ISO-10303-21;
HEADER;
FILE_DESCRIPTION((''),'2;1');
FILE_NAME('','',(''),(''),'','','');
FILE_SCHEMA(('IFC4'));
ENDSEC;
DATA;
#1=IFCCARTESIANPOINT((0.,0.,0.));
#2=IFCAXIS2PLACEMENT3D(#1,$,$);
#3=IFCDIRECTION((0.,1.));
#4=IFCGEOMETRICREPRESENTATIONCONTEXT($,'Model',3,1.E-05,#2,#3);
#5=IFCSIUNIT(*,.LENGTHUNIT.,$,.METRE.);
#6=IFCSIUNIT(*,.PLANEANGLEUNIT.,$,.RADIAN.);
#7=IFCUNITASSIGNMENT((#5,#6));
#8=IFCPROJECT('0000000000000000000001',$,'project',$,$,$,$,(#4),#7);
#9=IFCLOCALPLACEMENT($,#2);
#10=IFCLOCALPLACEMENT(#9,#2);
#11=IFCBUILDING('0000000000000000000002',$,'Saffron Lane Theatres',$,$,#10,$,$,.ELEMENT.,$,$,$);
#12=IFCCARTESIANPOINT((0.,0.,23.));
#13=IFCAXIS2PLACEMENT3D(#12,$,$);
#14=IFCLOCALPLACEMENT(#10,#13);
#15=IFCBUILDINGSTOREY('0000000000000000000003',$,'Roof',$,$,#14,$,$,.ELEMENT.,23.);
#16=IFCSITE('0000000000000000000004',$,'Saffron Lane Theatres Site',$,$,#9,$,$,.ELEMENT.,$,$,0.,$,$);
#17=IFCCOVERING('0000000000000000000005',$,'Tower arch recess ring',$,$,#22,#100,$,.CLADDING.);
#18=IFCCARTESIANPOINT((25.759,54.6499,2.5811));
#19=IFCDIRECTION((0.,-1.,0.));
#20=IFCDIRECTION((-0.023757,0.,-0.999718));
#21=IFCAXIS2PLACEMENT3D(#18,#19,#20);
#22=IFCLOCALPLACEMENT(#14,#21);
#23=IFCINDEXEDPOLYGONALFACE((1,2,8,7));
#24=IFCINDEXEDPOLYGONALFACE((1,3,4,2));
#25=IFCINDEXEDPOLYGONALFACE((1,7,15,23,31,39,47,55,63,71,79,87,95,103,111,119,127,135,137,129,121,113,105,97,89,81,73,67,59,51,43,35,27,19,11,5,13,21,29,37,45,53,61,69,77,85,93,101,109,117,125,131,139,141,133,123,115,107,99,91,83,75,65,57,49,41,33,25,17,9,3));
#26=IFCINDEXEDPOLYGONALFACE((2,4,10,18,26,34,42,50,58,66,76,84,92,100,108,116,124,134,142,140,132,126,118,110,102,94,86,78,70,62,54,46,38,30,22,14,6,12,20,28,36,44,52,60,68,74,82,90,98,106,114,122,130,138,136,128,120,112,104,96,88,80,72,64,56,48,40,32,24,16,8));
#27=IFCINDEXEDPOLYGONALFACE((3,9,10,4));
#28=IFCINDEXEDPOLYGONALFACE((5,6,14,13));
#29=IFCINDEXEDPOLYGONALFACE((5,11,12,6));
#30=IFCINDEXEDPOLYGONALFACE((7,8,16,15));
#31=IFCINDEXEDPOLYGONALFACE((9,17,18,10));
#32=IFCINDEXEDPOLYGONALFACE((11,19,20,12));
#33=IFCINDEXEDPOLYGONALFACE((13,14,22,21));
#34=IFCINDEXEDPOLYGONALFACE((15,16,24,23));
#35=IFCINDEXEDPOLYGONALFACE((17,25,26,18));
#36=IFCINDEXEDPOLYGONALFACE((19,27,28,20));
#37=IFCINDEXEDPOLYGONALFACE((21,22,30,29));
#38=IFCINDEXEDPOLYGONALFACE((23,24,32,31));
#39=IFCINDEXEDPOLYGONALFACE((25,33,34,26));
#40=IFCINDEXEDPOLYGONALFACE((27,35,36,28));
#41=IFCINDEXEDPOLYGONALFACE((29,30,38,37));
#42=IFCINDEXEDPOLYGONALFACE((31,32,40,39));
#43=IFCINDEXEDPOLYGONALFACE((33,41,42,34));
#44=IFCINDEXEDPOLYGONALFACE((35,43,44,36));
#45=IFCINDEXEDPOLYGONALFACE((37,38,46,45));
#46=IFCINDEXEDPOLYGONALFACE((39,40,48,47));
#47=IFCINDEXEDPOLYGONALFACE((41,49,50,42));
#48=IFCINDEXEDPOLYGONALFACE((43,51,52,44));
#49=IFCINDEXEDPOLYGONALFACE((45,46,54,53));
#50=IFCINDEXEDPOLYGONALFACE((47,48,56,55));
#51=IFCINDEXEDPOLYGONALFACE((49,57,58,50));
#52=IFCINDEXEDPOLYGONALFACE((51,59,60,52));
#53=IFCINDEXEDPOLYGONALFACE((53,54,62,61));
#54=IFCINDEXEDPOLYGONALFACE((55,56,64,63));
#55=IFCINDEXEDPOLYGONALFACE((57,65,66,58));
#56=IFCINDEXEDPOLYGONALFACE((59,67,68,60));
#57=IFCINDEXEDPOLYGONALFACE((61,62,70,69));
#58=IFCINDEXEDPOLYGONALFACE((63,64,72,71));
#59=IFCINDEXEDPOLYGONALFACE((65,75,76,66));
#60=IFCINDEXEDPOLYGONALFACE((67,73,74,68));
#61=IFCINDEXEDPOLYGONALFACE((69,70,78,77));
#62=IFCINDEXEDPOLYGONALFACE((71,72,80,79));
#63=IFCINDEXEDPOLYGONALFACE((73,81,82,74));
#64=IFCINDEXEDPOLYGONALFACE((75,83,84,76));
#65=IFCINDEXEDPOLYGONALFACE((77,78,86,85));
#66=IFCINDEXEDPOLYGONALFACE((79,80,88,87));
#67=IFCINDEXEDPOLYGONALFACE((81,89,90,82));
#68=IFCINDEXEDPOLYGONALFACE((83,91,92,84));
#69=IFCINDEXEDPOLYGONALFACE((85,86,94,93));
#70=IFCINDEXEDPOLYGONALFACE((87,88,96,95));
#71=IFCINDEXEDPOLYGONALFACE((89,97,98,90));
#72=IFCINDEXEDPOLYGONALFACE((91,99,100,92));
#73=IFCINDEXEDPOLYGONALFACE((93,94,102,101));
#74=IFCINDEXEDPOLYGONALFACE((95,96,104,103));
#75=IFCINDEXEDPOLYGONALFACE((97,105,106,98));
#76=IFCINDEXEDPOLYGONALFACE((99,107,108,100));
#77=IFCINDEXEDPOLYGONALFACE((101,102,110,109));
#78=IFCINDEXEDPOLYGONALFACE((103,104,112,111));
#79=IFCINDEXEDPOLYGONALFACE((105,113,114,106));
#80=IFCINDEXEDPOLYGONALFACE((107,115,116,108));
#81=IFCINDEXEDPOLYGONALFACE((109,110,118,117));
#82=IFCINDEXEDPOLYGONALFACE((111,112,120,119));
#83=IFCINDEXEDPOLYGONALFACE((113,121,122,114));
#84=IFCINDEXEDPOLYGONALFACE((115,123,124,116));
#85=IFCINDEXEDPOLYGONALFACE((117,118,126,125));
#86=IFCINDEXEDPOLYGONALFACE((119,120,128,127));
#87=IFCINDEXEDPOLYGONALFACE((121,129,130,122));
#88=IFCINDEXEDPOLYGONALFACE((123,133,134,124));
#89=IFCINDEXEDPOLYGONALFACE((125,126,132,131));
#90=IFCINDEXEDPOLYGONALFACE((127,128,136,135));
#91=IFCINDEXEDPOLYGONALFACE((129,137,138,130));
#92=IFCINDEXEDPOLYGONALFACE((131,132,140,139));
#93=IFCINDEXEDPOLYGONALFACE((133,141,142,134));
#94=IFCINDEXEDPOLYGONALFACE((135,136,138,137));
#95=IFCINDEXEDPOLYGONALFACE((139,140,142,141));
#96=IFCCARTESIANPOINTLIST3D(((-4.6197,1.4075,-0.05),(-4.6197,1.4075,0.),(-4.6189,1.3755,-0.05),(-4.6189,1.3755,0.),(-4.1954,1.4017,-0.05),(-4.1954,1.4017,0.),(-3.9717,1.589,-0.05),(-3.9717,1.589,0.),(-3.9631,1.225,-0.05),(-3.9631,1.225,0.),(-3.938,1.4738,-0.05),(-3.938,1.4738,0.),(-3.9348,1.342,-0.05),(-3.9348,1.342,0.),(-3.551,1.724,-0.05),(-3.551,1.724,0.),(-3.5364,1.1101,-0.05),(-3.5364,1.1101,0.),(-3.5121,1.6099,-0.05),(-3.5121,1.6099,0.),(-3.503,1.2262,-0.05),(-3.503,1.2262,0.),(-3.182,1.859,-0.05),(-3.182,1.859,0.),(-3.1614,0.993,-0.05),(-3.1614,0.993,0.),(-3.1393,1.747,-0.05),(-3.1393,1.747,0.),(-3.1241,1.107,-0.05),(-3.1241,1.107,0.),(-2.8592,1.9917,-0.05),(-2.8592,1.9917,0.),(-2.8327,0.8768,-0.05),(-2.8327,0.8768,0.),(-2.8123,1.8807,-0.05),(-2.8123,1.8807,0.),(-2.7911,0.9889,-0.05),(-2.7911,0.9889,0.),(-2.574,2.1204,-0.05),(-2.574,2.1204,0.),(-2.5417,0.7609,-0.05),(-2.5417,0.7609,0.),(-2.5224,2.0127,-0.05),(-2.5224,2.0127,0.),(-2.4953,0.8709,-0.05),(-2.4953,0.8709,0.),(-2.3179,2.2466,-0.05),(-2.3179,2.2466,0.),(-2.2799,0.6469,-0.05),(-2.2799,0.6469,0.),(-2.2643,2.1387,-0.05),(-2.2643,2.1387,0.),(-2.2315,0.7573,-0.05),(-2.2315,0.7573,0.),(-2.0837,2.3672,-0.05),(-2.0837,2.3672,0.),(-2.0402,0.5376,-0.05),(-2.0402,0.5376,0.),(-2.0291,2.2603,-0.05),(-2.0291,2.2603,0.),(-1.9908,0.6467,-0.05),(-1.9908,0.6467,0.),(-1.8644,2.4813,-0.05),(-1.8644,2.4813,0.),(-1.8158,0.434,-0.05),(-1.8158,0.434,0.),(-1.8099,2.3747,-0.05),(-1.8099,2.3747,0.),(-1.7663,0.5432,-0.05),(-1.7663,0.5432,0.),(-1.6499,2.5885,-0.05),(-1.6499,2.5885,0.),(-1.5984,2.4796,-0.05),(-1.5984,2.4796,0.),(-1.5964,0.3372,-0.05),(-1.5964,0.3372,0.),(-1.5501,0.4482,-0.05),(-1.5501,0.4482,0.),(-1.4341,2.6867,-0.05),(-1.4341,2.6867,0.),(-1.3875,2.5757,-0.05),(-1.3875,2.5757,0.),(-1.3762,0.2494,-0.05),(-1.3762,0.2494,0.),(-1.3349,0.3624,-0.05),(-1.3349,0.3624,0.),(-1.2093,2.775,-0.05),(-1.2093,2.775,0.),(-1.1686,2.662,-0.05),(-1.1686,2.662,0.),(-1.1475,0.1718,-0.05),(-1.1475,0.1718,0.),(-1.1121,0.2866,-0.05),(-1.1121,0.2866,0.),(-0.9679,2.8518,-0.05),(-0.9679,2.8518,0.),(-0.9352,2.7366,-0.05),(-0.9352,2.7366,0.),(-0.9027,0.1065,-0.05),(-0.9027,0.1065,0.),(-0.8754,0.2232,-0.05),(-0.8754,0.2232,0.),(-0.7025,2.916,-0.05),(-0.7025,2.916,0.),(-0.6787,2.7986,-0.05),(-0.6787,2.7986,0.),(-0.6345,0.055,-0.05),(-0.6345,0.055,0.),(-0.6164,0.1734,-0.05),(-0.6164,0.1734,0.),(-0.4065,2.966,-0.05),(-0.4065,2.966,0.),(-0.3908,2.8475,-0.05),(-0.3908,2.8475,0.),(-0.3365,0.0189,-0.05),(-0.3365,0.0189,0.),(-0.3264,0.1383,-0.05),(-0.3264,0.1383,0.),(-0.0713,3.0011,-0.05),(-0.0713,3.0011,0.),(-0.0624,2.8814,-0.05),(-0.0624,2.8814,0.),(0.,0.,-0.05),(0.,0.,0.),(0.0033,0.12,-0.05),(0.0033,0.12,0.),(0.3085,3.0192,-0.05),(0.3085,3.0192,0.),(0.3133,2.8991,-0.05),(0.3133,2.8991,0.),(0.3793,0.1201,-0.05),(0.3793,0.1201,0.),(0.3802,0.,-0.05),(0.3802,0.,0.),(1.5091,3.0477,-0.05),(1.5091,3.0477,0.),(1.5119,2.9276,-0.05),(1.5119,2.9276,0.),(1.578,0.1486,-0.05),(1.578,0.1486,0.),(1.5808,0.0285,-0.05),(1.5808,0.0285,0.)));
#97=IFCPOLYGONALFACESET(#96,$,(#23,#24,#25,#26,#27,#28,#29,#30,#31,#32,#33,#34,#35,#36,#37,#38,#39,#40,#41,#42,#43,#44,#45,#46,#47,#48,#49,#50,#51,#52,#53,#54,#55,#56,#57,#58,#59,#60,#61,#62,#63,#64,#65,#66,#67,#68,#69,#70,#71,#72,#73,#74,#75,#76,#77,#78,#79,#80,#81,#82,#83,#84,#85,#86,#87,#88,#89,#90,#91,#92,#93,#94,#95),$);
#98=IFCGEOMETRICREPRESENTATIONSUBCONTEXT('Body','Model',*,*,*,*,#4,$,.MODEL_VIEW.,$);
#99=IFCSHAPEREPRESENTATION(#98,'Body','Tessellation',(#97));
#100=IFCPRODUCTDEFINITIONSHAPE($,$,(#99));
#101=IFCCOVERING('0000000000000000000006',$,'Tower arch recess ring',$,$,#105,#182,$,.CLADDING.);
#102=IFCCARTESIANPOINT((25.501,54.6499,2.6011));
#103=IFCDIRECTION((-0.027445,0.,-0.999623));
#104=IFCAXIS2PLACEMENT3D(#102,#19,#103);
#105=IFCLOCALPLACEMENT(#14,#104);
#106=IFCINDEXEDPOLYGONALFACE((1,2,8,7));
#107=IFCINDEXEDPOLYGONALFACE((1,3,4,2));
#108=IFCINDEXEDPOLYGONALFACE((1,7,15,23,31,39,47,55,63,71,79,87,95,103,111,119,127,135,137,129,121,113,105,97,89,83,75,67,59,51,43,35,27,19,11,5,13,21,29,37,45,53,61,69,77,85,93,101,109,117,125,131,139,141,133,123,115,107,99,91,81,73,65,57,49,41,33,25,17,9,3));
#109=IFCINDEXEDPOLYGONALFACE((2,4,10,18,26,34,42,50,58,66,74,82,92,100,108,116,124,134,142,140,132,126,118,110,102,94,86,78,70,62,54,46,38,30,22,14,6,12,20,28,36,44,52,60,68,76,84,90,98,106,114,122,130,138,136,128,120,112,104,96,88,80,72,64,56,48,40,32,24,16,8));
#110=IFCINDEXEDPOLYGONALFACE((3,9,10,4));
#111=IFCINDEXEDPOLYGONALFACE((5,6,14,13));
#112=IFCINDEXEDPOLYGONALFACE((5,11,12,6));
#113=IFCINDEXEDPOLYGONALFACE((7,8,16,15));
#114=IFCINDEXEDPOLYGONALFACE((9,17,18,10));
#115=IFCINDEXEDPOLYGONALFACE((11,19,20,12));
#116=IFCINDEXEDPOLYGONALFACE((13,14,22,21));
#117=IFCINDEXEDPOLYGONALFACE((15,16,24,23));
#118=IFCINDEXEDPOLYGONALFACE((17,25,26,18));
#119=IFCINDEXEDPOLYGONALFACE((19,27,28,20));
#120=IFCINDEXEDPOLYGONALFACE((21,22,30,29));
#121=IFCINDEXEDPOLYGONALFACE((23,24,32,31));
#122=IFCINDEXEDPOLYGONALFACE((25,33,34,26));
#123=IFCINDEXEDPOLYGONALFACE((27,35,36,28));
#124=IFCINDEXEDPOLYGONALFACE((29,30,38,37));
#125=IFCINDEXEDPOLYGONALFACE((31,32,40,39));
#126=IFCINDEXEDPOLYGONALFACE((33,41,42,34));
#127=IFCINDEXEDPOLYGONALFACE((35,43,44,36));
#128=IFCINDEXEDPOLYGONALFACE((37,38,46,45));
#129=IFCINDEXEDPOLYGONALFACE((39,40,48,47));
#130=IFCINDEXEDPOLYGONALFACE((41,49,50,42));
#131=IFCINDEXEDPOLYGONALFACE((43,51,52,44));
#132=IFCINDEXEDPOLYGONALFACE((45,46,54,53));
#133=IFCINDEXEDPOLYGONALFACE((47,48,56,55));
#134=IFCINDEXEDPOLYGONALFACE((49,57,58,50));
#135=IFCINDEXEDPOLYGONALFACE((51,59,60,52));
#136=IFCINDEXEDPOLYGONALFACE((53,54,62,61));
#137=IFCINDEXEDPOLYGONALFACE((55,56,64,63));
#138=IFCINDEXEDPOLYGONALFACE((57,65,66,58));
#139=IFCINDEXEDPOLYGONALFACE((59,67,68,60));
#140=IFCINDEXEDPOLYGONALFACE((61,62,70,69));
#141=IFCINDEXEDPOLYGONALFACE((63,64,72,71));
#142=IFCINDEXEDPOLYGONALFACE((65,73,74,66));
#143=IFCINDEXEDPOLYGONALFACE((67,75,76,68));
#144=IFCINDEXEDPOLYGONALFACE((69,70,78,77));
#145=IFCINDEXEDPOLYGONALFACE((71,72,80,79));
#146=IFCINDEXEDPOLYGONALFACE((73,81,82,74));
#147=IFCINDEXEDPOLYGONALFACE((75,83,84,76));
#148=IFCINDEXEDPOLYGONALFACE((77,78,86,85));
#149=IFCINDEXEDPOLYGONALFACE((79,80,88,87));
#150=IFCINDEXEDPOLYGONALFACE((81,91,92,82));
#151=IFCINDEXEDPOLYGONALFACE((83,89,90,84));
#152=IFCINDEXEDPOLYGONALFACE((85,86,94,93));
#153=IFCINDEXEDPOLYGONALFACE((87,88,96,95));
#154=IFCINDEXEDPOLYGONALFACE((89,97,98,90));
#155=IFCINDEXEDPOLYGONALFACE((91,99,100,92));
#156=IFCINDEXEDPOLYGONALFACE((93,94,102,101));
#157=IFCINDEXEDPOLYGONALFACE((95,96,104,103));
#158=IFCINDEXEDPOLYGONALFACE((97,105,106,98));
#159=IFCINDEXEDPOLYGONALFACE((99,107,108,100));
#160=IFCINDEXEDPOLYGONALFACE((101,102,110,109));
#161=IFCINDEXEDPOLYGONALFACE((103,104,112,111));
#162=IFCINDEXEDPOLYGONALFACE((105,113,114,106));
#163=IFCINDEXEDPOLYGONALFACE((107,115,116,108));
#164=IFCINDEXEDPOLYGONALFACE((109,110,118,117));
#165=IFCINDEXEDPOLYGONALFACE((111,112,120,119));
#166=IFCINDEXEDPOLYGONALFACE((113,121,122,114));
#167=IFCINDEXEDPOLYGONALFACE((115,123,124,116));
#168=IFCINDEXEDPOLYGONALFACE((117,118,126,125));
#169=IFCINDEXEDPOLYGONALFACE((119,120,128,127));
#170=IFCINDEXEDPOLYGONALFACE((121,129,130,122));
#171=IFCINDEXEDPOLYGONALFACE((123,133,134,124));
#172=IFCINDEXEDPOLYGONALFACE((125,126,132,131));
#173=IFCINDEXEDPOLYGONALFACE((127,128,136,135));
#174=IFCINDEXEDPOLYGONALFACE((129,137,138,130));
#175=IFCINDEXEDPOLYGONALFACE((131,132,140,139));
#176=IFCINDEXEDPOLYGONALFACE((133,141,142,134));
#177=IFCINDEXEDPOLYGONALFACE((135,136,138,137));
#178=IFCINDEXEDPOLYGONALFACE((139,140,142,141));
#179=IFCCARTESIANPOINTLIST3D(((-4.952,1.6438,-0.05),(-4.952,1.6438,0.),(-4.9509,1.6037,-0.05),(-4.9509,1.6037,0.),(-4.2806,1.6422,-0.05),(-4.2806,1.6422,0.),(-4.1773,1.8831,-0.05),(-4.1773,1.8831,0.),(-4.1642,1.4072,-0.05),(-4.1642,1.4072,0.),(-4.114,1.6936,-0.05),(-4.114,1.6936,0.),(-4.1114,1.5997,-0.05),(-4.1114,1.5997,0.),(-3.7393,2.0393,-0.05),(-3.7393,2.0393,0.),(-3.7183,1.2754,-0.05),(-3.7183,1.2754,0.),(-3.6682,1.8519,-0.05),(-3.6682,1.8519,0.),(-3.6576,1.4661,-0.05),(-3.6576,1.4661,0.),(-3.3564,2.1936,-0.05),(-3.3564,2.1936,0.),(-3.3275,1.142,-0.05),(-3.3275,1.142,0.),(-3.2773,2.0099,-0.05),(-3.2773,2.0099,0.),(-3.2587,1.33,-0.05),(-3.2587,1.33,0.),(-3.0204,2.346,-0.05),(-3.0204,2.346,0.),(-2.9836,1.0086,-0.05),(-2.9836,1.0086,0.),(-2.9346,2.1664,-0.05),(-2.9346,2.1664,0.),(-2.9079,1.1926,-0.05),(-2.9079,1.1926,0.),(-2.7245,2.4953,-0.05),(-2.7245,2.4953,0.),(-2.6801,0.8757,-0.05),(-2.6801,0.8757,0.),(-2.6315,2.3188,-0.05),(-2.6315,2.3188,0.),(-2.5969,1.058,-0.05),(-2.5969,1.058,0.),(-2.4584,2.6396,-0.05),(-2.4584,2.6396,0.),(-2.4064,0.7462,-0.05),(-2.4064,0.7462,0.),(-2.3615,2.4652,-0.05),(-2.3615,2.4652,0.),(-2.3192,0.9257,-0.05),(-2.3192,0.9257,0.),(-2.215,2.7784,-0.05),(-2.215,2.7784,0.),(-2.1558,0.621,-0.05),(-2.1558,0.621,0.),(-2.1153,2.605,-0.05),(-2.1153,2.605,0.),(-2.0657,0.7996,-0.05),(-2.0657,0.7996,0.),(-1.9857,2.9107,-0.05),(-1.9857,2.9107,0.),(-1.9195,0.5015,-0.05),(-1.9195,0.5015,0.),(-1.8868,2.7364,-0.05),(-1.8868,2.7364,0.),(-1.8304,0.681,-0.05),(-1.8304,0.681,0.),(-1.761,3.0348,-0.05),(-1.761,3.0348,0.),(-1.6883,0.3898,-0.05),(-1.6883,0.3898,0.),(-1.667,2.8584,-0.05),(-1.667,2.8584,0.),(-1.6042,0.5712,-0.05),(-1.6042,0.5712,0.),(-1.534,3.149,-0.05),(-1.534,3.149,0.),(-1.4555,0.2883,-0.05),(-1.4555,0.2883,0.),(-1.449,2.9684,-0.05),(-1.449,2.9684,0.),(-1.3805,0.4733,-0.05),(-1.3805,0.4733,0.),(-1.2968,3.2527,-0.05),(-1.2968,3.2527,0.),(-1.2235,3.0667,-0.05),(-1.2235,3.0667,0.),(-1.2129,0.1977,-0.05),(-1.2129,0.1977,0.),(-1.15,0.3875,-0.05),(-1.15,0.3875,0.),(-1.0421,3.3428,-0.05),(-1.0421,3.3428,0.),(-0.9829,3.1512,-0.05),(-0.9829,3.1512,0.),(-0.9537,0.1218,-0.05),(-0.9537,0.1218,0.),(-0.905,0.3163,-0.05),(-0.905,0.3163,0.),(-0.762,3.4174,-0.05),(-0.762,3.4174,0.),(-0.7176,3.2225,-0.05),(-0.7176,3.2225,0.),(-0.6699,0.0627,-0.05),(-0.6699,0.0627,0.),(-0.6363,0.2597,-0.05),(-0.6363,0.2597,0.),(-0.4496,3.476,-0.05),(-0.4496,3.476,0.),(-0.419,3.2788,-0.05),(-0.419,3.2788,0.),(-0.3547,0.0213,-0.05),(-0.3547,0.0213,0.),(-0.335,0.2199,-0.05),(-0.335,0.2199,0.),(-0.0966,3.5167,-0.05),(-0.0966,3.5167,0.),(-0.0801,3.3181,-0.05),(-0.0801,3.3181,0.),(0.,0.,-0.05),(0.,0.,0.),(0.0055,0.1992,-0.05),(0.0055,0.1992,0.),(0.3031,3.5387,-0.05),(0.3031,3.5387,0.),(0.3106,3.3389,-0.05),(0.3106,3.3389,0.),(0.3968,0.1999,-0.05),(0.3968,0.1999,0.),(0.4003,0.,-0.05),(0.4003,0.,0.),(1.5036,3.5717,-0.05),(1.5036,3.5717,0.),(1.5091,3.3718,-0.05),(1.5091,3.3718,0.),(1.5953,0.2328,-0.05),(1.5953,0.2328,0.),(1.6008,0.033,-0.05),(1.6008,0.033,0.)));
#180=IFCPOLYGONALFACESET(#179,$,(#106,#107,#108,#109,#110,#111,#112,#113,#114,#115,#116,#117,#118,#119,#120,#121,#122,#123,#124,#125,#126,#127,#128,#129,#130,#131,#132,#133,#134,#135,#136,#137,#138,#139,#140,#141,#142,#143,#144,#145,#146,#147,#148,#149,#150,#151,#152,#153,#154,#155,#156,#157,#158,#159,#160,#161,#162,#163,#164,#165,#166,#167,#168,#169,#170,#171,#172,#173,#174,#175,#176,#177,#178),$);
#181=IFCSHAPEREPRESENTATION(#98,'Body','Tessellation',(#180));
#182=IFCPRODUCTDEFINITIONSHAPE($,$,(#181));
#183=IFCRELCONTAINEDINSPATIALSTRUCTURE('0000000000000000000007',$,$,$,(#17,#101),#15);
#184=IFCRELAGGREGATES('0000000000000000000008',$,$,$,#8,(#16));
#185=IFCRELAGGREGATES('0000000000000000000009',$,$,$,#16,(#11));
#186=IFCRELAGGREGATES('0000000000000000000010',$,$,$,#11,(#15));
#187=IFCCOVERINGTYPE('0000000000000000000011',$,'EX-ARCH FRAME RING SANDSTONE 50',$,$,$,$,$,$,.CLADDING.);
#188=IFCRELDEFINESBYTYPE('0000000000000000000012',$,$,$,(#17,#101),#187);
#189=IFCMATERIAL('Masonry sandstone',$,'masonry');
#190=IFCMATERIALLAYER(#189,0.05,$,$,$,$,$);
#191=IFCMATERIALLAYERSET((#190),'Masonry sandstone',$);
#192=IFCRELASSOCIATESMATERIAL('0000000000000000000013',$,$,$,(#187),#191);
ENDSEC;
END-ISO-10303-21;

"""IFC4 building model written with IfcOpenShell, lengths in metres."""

from ifc_helpers import new_model, si_unit, direction, frame, origin, place, context, subcontext, project, spatial, polyline, outline, extrude, material, layer, layer_set, type_object, element, save


model = new_model("IFC4")

# Units and contexts
model_context = context("Model", 3, precision=1e-05, world=origin(), true_north=direction((0.0, 1.0)))
body_context = subcontext(model_context, "Body", "Model", "MODEL_VIEW")
ifc_project = project(units=[si_unit("LENGTHUNIT", "METRE"), si_unit("PLANEANGLEUNIT", "RADIAN")], contexts=[model_context])

# Site, building, storey
site_placement = place(None, origin())
site = spatial("IfcSite", under=ifc_project, at=site_placement, Name="Saffron Lane Theatres Site", CompositionType="ELEMENT", RefElevation=0.0)
building_placement = place(site_placement, origin())
building = spatial("IfcBuilding", under=site, at=building_placement, Name="Saffron Lane Theatres", CompositionType="ELEMENT")
storey_placement = place(building_placement, frame((0.0, 0.0, 23.0)))
storey = spatial("IfcBuildingStorey", under=building, at=storey_placement, Name="Roof", CompositionType="ELEMENT", Elevation=23.0)

# Coverings
ifc_material_1 = material(Name="Masonry sandstone", Category="masonry")
ifc_layer_1 = layer(ifc_material_1, 0.05)
ifc_layer_set_1 = layer_set([ifc_layer_1], Name="Masonry sandstone")
covering_type_1 = type_object("IfcCoveringType", Name="EX-ARCH FRAME RING SANDSTONE 50", PredefinedType="CLADDING", material=ifc_layer_set_1)
covering_1_placement = place(storey_placement, frame((25.759, 54.6499, 2.5811), z_axis=(0.0, -1.0, 0.0), x_axis=(-0.023757, 0.0, -0.999718)))
element("IfcCovering", 1, at=covering_1_placement, inside=storey, type_object=covering_type_1, Name="Tower arch recess ring", PredefinedType="CLADDING", context=body_context, shape_type="SweptSolid", body=[
    extrude(outline(polyline([(0.0, 0.0), (0.3802, 0.0), (1.5808, 0.0285), (1.578, 0.1486), (0.3793, 0.1201), (0.0033, 0.12), (-0.3264, 0.1383), (-0.6164, 0.1734), (-0.8754, 0.2232), (-1.1121, 0.2866), (-1.3349, 0.3624), (-1.5501, 0.4482), (-1.7663, 0.5432), (-1.9908, 0.6467), (-2.2315, 0.7573), (-2.4953, 0.8709), (-2.7911, 0.9889), (-3.1241, 1.107), (-3.503, 1.2262), (-3.9348, 1.342), (-4.1954, 1.4017), (-3.938, 1.4738), (-3.5121, 1.6099), (-3.1393, 1.747), (-2.8123, 1.8807), (-2.5224, 2.0127), (-2.2643, 2.1387), (-2.0291, 2.2603), (-1.8099, 2.3747), (-1.5984, 2.4796), (-1.3875, 2.5757), (-1.1686, 2.662), (-0.9352, 2.7366), (-0.6787, 2.7986), (-0.3908, 2.8475), (-0.0624, 2.8814), (0.3133, 2.8991), (1.5119, 2.9276), (1.5091, 3.0477), (0.3085, 3.0192), (-0.0713, 3.0011), (-0.4065, 2.966), (-0.7025, 2.916), (-0.9679, 2.8518), (-1.2093, 2.775), (-1.4341, 2.6867), (-1.6499, 2.5885), (-1.8644, 2.4813), (-2.0837, 2.3672), (-2.3179, 2.2466), (-2.574, 2.1204), (-2.8592, 1.9917), (-3.182, 1.859), (-3.551, 1.724), (-3.9717, 1.589), (-4.6197, 1.4075), (-4.6189, 1.3755), (-3.9631, 1.225), (-3.5364, 1.1101), (-3.1614, 0.993), (-2.8327, 0.8768), (-2.5417, 0.7609), (-2.2799, 0.6469), (-2.0402, 0.5376), (-1.8158, 0.434), (-1.5964, 0.3372), (-1.3762, 0.2494), (-1.1475, 0.1718), (-0.9027, 0.1065), (-0.6345, 0.055), (-0.3365, 0.0189), (0.0, 0.0)])), origin(), (0.0, 0.0, -1.0), 0.05),
])
covering_2_placement = place(storey_placement, frame((25.501, 54.6499, 2.6011), z_axis=(0.0, -1.0, 0.0), x_axis=(-0.027445, 0.0, -0.999623)))
element("IfcCovering", 2, at=covering_2_placement, inside=storey, type_object=covering_type_1, Name="Tower arch recess ring", PredefinedType="CLADDING", context=body_context, shape_type="SweptSolid", body=[
    extrude(outline(polyline([(0.0, 0.0), (0.4003, 0.0), (1.6008, 0.033), (1.5953, 0.2328), (0.3968, 0.1999), (0.0055, 0.1992), (-0.335, 0.2199), (-0.6363, 0.2597), (-0.905, 0.3163), (-1.15, 0.3875), (-1.3805, 0.4733), (-1.6042, 0.5712), (-1.8304, 0.681), (-2.0657, 0.7996), (-2.3192, 0.9257), (-2.5969, 1.058), (-2.9079, 1.1926), (-3.2587, 1.33), (-3.6576, 1.4661), (-4.1114, 1.5997), (-4.2806, 1.6422), (-4.114, 1.6936), (-3.6682, 1.8519), (-3.2773, 2.0099), (-2.9346, 2.1664), (-2.6315, 2.3188), (-2.3615, 2.4652), (-2.1153, 2.605), (-1.8868, 2.7364), (-1.667, 2.8584), (-1.449, 2.9684), (-1.2235, 3.0667), (-0.9829, 3.1512), (-0.7176, 3.2225), (-0.419, 3.2788), (-0.0801, 3.3181), (0.3106, 3.3389), (1.5091, 3.3718), (1.5036, 3.5717), (0.3031, 3.5387), (-0.0966, 3.5167), (-0.4496, 3.476), (-0.762, 3.4174), (-1.0421, 3.3428), (-1.2968, 3.2527), (-1.534, 3.149), (-1.761, 3.0348), (-1.9857, 2.9107), (-2.215, 2.7784), (-2.4584, 2.6396), (-2.7245, 2.4953), (-3.0204, 2.346), (-3.3564, 2.1936), (-3.7393, 2.0393), (-4.1773, 1.8831), (-4.952, 1.6438), (-4.9509, 1.6037), (-4.1642, 1.4072), (-3.7183, 1.2754), (-3.3275, 1.142), (-2.9836, 1.0086), (-2.6801, 0.8757), (-2.4064, 0.7462), (-2.1558, 0.621), (-1.9195, 0.5015), (-1.6883, 0.3898), (-1.4555, 0.2883), (-1.2129, 0.1977), (-0.9537, 0.1218), (-0.6699, 0.0627), (-0.3547, 0.0213), (0.0, 0.0)])), origin(), (0.0, 0.0, -1.0), 0.05),
])

save(model, "model.ifc")
